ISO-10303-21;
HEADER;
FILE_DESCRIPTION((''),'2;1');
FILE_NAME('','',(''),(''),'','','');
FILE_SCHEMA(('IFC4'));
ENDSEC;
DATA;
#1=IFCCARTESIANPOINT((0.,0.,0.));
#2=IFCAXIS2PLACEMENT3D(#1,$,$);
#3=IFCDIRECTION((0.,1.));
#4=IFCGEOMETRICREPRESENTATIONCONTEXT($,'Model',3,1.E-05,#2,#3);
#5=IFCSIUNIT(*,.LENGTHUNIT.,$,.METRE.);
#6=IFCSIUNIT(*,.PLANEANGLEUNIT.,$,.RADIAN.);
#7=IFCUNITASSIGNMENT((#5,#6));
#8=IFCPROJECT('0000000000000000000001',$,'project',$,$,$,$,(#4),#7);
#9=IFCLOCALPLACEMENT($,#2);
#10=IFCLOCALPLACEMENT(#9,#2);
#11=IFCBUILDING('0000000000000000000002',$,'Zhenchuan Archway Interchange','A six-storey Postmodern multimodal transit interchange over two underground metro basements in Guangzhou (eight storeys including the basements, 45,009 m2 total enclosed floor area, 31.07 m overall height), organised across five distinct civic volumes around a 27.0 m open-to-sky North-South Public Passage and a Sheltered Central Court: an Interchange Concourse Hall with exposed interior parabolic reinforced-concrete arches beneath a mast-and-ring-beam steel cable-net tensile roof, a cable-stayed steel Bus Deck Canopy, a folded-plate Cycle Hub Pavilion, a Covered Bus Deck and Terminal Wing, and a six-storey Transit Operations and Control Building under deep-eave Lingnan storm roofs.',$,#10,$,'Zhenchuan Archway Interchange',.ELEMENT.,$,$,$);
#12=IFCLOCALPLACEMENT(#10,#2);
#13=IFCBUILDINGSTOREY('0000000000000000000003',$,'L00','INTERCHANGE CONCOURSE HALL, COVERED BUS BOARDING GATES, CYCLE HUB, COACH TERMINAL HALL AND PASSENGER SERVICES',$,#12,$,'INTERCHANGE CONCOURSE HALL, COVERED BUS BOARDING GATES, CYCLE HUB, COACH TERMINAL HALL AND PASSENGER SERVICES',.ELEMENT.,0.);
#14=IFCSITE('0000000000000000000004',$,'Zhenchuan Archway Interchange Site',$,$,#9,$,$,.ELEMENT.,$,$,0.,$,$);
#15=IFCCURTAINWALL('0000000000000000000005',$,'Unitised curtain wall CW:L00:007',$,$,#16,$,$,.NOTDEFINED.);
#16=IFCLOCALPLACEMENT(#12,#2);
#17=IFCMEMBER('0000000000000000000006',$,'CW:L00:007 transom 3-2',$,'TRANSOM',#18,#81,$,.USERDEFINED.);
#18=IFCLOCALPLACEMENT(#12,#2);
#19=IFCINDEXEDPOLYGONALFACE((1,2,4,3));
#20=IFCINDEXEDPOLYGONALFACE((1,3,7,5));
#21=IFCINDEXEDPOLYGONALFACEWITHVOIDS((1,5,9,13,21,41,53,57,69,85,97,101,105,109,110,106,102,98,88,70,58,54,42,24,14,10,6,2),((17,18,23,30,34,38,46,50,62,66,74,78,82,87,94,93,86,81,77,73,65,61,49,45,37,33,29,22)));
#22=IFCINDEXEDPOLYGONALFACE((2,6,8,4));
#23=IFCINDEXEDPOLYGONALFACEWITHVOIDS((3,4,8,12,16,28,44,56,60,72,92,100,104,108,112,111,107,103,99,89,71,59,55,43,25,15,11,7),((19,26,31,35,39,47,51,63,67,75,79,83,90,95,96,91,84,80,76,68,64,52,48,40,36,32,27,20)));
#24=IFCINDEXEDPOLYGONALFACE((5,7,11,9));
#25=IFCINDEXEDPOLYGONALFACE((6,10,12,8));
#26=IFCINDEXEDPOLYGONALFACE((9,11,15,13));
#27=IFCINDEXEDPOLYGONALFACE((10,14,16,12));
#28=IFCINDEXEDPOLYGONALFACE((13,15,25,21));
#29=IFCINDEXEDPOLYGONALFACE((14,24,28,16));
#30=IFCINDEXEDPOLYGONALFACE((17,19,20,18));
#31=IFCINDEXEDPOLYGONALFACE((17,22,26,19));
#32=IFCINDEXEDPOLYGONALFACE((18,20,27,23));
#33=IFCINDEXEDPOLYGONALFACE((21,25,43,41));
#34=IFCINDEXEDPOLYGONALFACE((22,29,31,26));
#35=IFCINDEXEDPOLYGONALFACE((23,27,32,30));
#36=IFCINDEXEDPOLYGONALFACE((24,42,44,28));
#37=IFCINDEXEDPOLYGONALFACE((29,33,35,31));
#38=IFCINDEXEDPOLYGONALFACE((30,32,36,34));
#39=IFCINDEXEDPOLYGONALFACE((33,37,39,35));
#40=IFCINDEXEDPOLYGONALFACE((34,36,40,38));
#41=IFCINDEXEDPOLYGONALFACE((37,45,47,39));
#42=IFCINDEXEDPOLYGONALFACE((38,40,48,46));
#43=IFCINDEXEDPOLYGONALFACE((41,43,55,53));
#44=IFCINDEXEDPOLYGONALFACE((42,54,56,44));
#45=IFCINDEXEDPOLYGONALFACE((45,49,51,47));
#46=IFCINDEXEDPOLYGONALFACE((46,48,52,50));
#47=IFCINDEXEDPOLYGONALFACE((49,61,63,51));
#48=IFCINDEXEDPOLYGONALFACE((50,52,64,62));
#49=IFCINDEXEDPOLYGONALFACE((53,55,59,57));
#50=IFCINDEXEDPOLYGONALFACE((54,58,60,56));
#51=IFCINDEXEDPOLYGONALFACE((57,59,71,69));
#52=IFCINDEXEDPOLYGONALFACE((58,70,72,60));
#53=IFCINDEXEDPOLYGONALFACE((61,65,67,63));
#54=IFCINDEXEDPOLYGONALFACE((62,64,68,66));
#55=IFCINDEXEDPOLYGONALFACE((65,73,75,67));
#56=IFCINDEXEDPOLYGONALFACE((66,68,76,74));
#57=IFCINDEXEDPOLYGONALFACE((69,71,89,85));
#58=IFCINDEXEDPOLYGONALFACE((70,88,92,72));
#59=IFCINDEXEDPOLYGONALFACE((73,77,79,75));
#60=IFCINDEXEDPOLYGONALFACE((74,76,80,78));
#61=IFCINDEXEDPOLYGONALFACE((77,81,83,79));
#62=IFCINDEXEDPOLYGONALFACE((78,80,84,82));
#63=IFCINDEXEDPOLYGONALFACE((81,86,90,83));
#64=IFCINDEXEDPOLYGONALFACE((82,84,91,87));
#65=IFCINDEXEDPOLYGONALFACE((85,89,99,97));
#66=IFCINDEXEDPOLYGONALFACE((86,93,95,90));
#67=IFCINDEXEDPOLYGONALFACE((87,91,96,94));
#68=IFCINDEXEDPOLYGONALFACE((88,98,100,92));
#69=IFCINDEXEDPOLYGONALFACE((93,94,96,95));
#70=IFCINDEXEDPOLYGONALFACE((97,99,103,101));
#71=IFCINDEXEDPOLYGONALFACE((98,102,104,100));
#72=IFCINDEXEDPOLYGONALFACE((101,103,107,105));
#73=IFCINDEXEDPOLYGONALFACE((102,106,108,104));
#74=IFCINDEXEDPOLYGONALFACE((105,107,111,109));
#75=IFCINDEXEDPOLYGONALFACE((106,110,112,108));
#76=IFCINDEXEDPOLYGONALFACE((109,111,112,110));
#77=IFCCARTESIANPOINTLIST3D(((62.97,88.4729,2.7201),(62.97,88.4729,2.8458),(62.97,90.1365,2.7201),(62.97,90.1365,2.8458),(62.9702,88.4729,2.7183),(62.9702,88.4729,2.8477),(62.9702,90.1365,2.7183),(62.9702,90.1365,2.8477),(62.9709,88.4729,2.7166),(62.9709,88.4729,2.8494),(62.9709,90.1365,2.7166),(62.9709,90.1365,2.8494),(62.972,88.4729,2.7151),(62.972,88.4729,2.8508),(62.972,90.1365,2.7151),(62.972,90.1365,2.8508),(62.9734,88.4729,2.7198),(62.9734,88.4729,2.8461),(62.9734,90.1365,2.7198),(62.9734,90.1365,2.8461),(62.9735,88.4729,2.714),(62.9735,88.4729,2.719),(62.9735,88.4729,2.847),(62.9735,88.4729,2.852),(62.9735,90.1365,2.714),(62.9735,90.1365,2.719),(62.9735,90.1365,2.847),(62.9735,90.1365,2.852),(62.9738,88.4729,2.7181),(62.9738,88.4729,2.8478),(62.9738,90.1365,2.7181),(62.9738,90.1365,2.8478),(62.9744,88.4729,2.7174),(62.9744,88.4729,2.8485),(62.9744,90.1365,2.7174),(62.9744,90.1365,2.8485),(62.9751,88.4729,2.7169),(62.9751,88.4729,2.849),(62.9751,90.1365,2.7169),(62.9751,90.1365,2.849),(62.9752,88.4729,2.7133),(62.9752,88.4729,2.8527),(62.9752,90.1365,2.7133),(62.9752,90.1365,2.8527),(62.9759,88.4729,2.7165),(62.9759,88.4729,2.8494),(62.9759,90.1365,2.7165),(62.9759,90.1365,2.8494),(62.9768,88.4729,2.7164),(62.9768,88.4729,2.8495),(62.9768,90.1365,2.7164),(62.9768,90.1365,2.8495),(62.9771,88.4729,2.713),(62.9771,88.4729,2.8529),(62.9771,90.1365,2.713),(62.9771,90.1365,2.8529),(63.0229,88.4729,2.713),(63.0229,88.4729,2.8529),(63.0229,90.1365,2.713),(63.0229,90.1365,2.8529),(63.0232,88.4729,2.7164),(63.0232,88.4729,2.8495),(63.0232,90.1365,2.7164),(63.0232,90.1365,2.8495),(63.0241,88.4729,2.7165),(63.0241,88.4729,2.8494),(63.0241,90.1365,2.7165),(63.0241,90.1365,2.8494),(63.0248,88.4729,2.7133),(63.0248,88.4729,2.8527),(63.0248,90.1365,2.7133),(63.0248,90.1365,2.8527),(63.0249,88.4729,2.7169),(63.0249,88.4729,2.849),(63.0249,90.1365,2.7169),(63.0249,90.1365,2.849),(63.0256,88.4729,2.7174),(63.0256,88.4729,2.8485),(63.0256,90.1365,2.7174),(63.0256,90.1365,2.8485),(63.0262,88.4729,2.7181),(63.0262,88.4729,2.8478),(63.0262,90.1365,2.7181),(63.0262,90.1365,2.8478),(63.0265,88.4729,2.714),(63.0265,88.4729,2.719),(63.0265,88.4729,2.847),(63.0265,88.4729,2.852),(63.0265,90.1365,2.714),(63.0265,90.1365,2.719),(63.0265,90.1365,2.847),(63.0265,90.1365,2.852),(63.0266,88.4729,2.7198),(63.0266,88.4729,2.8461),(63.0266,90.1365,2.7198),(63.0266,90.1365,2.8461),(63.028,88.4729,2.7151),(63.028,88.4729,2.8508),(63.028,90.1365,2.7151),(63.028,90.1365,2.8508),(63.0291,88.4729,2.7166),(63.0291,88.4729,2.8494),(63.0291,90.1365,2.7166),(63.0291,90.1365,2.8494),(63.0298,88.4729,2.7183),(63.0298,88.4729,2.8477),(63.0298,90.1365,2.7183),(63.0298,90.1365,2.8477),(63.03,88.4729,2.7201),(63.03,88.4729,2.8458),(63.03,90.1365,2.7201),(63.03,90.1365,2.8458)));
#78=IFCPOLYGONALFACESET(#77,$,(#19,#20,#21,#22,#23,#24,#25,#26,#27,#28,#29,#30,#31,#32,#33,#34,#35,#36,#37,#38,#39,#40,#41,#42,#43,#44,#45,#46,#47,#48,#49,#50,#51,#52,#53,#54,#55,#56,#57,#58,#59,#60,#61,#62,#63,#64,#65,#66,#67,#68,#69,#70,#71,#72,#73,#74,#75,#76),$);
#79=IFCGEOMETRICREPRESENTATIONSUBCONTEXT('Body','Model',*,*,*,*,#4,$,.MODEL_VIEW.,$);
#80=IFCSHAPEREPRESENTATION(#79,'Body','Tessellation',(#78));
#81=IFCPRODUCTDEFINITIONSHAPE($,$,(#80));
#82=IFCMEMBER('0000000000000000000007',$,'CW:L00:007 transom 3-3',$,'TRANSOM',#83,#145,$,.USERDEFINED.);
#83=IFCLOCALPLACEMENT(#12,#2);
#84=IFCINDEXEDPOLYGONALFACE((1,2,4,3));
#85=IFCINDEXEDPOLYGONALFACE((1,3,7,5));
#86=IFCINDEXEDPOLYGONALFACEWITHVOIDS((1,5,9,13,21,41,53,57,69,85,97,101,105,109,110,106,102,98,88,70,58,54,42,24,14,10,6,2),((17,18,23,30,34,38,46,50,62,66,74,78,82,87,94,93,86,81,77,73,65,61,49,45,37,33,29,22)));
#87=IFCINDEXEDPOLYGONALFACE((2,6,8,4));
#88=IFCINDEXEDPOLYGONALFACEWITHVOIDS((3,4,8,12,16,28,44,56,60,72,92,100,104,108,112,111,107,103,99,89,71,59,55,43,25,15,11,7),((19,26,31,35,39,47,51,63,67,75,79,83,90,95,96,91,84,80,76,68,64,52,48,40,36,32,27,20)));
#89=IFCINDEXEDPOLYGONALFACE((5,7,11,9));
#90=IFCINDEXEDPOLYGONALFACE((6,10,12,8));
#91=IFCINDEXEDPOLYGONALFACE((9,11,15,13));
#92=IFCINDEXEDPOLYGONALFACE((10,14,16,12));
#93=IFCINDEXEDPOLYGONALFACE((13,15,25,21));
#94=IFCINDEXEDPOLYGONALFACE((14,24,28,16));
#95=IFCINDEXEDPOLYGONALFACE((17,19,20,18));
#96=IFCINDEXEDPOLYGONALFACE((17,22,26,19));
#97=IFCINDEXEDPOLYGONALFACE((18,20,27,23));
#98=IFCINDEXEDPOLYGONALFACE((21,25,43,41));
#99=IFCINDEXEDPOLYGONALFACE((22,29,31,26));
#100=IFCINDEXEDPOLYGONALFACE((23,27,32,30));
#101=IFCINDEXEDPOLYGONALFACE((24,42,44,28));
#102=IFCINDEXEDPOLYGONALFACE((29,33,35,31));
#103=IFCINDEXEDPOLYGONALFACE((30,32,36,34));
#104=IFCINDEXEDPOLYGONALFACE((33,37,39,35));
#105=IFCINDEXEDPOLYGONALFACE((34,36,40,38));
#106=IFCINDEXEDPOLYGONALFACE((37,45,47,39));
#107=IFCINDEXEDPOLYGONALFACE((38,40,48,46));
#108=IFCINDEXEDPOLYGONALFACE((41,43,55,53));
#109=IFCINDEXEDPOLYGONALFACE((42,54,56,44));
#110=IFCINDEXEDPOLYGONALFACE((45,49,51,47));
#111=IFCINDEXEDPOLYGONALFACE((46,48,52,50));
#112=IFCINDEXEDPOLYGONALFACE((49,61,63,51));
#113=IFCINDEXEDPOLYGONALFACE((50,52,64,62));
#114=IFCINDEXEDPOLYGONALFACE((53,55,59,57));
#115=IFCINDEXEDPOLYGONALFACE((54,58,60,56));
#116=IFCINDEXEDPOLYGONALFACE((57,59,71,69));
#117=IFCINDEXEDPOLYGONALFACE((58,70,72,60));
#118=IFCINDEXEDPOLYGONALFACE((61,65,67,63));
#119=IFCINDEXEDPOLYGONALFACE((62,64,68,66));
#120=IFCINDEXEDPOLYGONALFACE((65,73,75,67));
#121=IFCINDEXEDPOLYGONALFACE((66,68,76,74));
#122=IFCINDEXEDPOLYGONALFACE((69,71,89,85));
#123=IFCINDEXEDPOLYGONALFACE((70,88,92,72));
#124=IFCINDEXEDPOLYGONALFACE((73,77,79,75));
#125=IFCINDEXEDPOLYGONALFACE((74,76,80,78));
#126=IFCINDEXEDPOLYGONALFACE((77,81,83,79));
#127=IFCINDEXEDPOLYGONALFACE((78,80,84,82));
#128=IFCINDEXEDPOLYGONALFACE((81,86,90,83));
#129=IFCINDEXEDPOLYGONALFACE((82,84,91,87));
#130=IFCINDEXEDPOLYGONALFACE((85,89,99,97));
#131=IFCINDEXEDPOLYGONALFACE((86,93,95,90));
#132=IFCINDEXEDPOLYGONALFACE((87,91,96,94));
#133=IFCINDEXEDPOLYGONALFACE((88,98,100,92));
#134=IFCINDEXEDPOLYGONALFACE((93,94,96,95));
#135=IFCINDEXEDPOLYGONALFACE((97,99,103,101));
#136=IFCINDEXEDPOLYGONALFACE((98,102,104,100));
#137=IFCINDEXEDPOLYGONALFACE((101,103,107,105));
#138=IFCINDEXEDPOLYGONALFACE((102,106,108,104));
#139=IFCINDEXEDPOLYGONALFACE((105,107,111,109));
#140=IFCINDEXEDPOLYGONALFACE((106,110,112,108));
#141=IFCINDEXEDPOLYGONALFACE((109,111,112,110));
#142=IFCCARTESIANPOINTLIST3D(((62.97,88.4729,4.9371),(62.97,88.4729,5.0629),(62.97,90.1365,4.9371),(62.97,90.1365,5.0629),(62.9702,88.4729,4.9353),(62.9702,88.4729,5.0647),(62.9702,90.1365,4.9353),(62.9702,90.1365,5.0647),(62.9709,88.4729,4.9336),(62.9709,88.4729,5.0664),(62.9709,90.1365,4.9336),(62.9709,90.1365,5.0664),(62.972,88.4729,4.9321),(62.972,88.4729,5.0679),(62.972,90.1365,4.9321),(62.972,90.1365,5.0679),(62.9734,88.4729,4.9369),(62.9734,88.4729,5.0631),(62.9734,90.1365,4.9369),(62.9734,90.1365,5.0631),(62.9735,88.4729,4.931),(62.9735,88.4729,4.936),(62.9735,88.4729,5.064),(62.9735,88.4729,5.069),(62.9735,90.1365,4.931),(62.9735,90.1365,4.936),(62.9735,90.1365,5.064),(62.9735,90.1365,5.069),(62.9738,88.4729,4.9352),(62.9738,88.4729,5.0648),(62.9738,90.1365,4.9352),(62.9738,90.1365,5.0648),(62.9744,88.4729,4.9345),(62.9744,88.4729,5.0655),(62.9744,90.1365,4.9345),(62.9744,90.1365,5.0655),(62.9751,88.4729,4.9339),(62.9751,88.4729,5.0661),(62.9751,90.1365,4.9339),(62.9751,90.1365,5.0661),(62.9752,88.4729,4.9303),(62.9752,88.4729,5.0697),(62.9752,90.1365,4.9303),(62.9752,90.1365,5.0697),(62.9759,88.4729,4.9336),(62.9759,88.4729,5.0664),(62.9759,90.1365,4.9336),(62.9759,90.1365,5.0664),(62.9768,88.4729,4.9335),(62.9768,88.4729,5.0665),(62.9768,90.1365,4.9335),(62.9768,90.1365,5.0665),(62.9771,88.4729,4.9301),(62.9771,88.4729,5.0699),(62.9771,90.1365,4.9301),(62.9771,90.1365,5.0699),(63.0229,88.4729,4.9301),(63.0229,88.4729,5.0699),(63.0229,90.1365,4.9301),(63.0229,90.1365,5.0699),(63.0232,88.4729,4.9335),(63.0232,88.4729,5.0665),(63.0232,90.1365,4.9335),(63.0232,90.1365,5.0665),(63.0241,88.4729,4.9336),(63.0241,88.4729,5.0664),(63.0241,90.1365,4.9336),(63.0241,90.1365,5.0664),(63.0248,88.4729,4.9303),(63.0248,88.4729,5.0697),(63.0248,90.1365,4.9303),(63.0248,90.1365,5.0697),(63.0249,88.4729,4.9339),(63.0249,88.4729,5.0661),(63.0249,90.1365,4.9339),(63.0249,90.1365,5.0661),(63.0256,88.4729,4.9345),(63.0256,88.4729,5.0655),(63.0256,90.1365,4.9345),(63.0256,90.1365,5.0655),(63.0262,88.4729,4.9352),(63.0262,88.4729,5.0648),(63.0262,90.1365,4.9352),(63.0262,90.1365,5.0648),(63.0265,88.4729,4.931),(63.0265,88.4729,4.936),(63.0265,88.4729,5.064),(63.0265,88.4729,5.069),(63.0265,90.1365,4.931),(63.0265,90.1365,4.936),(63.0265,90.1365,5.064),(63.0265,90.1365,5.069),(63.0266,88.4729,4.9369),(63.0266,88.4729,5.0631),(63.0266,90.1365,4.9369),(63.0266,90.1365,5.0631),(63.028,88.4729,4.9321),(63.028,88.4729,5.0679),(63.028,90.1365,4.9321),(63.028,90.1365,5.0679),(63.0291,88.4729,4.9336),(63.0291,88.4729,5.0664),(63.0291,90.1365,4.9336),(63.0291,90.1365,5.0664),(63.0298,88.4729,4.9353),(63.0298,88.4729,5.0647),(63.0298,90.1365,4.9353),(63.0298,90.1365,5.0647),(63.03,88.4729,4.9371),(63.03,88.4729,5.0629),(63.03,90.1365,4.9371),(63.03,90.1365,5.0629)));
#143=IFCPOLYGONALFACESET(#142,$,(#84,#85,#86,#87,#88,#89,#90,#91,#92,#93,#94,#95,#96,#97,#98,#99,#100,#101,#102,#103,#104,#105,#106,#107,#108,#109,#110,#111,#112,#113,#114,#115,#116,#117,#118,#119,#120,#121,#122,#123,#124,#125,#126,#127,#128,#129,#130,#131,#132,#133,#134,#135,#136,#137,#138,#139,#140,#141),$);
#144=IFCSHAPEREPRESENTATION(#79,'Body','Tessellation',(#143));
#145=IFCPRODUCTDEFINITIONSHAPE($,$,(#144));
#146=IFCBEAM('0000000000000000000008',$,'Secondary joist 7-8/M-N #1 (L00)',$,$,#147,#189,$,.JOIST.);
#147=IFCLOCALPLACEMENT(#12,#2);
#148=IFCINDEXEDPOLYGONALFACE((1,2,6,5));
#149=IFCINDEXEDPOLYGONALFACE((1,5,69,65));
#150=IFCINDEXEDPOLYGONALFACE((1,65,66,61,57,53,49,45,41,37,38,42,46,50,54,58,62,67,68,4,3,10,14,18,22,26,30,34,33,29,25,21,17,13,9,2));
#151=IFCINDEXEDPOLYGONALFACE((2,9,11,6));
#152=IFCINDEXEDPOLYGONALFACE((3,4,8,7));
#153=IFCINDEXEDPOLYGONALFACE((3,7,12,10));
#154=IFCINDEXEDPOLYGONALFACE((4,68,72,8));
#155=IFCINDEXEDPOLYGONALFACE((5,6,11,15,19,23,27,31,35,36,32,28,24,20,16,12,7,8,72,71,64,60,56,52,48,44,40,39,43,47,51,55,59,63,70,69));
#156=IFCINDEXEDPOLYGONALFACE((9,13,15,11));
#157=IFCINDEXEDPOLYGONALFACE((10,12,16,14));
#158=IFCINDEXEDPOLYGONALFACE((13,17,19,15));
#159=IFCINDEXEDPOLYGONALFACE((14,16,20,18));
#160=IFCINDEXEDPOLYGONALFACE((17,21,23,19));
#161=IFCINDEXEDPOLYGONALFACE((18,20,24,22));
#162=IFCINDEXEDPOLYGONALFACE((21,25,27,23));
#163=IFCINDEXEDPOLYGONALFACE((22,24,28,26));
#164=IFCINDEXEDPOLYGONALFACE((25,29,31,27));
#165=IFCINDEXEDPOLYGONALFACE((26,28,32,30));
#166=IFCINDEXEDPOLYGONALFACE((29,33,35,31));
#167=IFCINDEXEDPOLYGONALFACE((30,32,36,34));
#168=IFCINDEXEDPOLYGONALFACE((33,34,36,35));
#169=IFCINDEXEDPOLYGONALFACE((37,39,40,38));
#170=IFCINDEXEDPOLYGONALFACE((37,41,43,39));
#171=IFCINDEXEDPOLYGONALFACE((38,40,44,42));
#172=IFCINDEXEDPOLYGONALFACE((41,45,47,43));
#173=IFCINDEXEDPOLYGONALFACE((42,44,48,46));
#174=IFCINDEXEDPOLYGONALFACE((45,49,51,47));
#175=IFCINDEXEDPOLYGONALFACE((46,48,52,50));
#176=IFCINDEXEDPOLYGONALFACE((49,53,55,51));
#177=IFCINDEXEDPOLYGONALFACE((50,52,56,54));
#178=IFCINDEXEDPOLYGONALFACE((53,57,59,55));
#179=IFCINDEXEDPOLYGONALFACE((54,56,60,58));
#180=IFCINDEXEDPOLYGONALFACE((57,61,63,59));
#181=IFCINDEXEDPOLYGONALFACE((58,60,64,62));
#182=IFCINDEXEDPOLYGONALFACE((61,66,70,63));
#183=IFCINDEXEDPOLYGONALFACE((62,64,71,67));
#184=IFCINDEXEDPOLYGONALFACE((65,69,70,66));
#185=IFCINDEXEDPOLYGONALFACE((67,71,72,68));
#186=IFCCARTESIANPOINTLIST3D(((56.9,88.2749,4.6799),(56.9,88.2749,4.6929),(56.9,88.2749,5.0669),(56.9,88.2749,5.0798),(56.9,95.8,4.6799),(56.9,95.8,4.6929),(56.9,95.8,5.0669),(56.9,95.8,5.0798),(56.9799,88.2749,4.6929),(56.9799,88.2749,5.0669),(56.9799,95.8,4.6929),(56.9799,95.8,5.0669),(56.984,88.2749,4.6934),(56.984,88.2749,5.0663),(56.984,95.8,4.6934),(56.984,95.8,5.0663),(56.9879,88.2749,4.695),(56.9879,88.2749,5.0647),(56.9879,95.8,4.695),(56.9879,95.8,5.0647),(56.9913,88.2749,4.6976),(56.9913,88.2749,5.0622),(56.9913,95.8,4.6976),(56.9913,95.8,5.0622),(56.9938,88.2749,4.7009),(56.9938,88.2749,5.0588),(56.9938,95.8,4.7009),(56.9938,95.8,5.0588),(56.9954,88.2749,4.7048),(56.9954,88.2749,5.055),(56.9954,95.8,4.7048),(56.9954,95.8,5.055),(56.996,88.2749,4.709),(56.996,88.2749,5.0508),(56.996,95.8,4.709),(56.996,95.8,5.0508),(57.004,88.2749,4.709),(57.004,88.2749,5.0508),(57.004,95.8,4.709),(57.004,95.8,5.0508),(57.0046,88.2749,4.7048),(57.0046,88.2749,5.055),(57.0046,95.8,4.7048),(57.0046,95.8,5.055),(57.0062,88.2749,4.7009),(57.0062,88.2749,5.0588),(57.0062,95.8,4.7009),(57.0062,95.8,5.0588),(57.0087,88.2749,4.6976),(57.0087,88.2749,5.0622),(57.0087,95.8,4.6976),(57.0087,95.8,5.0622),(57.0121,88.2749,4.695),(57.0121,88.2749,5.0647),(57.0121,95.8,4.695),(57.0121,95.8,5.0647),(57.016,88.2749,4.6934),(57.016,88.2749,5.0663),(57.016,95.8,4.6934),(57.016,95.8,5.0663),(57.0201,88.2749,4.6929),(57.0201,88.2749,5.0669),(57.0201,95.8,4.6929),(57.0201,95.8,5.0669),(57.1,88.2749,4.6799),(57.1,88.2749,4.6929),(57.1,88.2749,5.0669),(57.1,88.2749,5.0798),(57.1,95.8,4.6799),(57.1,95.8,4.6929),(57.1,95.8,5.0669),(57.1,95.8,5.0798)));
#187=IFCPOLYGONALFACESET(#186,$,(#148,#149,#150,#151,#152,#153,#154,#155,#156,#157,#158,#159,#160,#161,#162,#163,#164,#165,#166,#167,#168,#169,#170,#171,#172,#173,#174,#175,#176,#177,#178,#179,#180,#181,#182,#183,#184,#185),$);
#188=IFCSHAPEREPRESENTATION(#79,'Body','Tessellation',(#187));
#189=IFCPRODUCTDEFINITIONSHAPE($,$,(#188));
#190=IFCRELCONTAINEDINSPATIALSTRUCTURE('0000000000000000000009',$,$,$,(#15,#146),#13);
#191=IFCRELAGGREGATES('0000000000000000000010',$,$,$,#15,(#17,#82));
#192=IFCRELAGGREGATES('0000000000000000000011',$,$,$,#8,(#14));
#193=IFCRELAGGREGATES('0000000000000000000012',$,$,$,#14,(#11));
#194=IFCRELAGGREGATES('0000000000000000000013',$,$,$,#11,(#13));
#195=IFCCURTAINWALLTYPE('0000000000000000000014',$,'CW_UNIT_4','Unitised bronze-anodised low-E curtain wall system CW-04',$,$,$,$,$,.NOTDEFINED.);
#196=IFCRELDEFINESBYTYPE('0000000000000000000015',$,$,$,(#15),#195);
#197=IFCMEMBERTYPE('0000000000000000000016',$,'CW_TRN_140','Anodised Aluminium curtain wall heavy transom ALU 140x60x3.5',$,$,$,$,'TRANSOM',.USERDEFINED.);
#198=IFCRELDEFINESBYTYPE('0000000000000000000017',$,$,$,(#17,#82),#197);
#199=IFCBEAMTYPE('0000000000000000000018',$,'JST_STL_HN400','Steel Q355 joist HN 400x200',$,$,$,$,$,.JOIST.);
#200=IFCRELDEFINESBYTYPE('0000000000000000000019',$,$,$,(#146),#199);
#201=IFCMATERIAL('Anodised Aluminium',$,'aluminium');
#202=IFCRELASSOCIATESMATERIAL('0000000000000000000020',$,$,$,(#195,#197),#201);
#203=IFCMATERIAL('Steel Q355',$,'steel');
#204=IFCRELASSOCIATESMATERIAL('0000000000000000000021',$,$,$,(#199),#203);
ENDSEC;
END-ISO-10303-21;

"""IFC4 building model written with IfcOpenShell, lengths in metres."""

from ifc_helpers import new_model, si_unit, direction, frame, origin, origin_2d, place, context, subcontext, project, spatial, hollow_rectangle, i_section, extrude, material, material_profile, profile_set, type_object, element, aggregate, save


model = new_model("IFC4")

# Units and contexts
model_context = context("Model", 3, precision=1e-05, world=origin(), true_north=direction((0.0, 1.0)))
body_context = subcontext(model_context, "Body", "Model", "MODEL_VIEW")
ifc_project = project(units=[si_unit("LENGTHUNIT", "METRE"), si_unit("PLANEANGLEUNIT", "RADIAN")], contexts=[model_context])

# Site, building, storey
site_placement = place(None, origin())
site = spatial("IfcSite", under=ifc_project, at=site_placement, Name="Zhenchuan Archway Interchange Site", CompositionType="ELEMENT", RefElevation=0.0)
building_placement = place(site_placement, origin())
building = spatial("IfcBuilding", under=site, at=building_placement, Name="Zhenchuan Archway Interchange", Description="A six-storey Postmodern multimodal transit interchange over two underground metro basements in Guangzhou (eight storeys including the basements, 45,009 m2 total enclosed floor area, 31.07 m overall height), organised across five distinct civic volumes around a 27.0 m open-to-sky North-South Public Passage and a Sheltered Central Court: an Interchange Concourse Hall with exposed interior parabolic reinforced-concrete arches beneath a mast-and-ring-beam steel cable-net tensile roof, a cable-stayed steel Bus Deck Canopy, a folded-plate Cycle Hub Pavilion, a Covered Bus Deck and Terminal Wing, and a six-storey Transit Operations and Control Building under deep-eave Lingnan storm roofs.", LongName="Zhenchuan Archway Interchange", CompositionType="ELEMENT")
storey_placement = place(building_placement, origin())
storey = spatial("IfcBuildingStorey", under=building, at=storey_placement, Name="L00", Description="INTERCHANGE CONCOURSE HALL, COVERED BUS BOARDING GATES, CYCLE HUB, COACH TERMINAL HALL AND PASSENGER SERVICES", LongName="INTERCHANGE CONCOURSE HALL, COVERED BUS BOARDING GATES, CYCLE HUB, COACH TERMINAL HALL AND PASSENGER SERVICES", CompositionType="ELEMENT", Elevation=0.0)

# Curtain wall, members
ifc_material_1 = material(Name="Anodised Aluminium", Category="aluminium")
curtain_wall_type = type_object("IfcCurtainWallType", Name="CW_UNIT_4", Description="Unitised bronze-anodised low-E curtain wall system CW-04", PredefinedType="NOTDEFINED", material=ifc_material_1)
curtain_wall_placement = place(storey_placement, origin())
curtain_wall = element("IfcCurtainWall", 1, at=curtain_wall_placement, inside=storey, type_object=curtain_wall_type, Name="Unitised curtain wall CW:L00:007", PredefinedType="NOTDEFINED")
ifc_material_profile_1 = material_profile(ifc_material_1, hollow_rectangle(XDim=0.0601, YDim=0.1399, WallThickness=0.0034, InnerFilletRadius=0.0034, OuterFilletRadius=0.0071, at=origin_2d()), Name="ALU 140x60x3.5")
ifc_profile_set_1 = profile_set([ifc_material_profile_1], Name="Anodised Aluminium")
member_type_1 = type_object("IfcMemberType", Name="CW_TRN_140", Description="Anodised Aluminium curtain wall heavy transom ALU 140x60x3.5", ElementType="TRANSOM", PredefinedType="USERDEFINED", material=ifc_profile_set_1)
member_1_placement = place(storey_placement, frame((63.0, 90.1365, 2.783), z_axis=(0.0, -1.0, 0.0), x_axis=(1.0, 0.0, 0.0)))
member_1 = element("IfcMember", 2, at=member_1_placement, type_object=member_type_1, Name="CW:L00:007 transom 3-2", ObjectType="TRANSOM", PredefinedType="USERDEFINED", context=body_context, shape_type="SweptSolid", body=[
    extrude(hollow_rectangle(XDim=0.0601, YDim=0.1399, WallThickness=0.0034, InnerFilletRadius=0.0034, OuterFilletRadius=0.0071, at=origin_2d()), origin(), (0.0, 0.0, 1.0), 1.6636),
])
member_2_placement = place(storey_placement, frame((63.0, 90.1365, 5.0), z_axis=(0.0, -1.0, 0.0), x_axis=(1.0, 0.0, 0.0)))
member_2 = element("IfcMember", 3, at=member_2_placement, type_object=member_type_1, Name="CW:L00:007 transom 3-3", ObjectType="TRANSOM", PredefinedType="USERDEFINED", context=body_context, shape_type="SweptSolid", body=[
    extrude(hollow_rectangle(XDim=0.0601, YDim=0.1399, WallThickness=0.0034, InnerFilletRadius=0.0034, OuterFilletRadius=0.0071, at=origin_2d()), origin(), (0.0, 0.0, 1.0), 1.6636),
])

# Beam
ifc_material_2 = material(Name="Steel Q355", Category="steel")
ifc_material_profile_2 = material_profile(ifc_material_2, i_section(OverallWidth=0.2, OverallDepth=0.3999, WebThickness=0.0081, FlangeThickness=0.0129, FilletRadius=0.0161, at=origin_2d()), Name="HN 400x200")
ifc_profile_set_2 = profile_set([ifc_material_profile_2], Name="Steel Q355")
beam_type_1 = type_object("IfcBeamType", Name="JST_STL_HN400", Description="Steel Q355 joist HN 400x200", PredefinedType="JOIST", material=ifc_profile_set_2)
for number, where, z_axis, x_axis, name in (
    (4, (57.0, 88.2749, 4.8799), (0.0, 1.0, 0.0), (-1.0, 0.0, 0.0), "Secondary joist 7-8/M-N #1 (L00)"),
):
    element("IfcBeam", number, at=place(storey_placement, frame(where, z_axis=z_axis, x_axis=x_axis)), inside=storey, type_object=beam_type_1, Name=name, PredefinedType="JOIST", context=body_context, shape_type="SweptSolid", body=[
        extrude(i_section(OverallWidth=0.2, OverallDepth=0.3999, WebThickness=0.0081, FlangeThickness=0.0129, FilletRadius=0.0161, at=origin_2d()), origin(), (0.0, 0.0, 1.0), 7.5251),
    ])

aggregate(curtain_wall, [member_1, member_2])

save(model, "model.ifc")
